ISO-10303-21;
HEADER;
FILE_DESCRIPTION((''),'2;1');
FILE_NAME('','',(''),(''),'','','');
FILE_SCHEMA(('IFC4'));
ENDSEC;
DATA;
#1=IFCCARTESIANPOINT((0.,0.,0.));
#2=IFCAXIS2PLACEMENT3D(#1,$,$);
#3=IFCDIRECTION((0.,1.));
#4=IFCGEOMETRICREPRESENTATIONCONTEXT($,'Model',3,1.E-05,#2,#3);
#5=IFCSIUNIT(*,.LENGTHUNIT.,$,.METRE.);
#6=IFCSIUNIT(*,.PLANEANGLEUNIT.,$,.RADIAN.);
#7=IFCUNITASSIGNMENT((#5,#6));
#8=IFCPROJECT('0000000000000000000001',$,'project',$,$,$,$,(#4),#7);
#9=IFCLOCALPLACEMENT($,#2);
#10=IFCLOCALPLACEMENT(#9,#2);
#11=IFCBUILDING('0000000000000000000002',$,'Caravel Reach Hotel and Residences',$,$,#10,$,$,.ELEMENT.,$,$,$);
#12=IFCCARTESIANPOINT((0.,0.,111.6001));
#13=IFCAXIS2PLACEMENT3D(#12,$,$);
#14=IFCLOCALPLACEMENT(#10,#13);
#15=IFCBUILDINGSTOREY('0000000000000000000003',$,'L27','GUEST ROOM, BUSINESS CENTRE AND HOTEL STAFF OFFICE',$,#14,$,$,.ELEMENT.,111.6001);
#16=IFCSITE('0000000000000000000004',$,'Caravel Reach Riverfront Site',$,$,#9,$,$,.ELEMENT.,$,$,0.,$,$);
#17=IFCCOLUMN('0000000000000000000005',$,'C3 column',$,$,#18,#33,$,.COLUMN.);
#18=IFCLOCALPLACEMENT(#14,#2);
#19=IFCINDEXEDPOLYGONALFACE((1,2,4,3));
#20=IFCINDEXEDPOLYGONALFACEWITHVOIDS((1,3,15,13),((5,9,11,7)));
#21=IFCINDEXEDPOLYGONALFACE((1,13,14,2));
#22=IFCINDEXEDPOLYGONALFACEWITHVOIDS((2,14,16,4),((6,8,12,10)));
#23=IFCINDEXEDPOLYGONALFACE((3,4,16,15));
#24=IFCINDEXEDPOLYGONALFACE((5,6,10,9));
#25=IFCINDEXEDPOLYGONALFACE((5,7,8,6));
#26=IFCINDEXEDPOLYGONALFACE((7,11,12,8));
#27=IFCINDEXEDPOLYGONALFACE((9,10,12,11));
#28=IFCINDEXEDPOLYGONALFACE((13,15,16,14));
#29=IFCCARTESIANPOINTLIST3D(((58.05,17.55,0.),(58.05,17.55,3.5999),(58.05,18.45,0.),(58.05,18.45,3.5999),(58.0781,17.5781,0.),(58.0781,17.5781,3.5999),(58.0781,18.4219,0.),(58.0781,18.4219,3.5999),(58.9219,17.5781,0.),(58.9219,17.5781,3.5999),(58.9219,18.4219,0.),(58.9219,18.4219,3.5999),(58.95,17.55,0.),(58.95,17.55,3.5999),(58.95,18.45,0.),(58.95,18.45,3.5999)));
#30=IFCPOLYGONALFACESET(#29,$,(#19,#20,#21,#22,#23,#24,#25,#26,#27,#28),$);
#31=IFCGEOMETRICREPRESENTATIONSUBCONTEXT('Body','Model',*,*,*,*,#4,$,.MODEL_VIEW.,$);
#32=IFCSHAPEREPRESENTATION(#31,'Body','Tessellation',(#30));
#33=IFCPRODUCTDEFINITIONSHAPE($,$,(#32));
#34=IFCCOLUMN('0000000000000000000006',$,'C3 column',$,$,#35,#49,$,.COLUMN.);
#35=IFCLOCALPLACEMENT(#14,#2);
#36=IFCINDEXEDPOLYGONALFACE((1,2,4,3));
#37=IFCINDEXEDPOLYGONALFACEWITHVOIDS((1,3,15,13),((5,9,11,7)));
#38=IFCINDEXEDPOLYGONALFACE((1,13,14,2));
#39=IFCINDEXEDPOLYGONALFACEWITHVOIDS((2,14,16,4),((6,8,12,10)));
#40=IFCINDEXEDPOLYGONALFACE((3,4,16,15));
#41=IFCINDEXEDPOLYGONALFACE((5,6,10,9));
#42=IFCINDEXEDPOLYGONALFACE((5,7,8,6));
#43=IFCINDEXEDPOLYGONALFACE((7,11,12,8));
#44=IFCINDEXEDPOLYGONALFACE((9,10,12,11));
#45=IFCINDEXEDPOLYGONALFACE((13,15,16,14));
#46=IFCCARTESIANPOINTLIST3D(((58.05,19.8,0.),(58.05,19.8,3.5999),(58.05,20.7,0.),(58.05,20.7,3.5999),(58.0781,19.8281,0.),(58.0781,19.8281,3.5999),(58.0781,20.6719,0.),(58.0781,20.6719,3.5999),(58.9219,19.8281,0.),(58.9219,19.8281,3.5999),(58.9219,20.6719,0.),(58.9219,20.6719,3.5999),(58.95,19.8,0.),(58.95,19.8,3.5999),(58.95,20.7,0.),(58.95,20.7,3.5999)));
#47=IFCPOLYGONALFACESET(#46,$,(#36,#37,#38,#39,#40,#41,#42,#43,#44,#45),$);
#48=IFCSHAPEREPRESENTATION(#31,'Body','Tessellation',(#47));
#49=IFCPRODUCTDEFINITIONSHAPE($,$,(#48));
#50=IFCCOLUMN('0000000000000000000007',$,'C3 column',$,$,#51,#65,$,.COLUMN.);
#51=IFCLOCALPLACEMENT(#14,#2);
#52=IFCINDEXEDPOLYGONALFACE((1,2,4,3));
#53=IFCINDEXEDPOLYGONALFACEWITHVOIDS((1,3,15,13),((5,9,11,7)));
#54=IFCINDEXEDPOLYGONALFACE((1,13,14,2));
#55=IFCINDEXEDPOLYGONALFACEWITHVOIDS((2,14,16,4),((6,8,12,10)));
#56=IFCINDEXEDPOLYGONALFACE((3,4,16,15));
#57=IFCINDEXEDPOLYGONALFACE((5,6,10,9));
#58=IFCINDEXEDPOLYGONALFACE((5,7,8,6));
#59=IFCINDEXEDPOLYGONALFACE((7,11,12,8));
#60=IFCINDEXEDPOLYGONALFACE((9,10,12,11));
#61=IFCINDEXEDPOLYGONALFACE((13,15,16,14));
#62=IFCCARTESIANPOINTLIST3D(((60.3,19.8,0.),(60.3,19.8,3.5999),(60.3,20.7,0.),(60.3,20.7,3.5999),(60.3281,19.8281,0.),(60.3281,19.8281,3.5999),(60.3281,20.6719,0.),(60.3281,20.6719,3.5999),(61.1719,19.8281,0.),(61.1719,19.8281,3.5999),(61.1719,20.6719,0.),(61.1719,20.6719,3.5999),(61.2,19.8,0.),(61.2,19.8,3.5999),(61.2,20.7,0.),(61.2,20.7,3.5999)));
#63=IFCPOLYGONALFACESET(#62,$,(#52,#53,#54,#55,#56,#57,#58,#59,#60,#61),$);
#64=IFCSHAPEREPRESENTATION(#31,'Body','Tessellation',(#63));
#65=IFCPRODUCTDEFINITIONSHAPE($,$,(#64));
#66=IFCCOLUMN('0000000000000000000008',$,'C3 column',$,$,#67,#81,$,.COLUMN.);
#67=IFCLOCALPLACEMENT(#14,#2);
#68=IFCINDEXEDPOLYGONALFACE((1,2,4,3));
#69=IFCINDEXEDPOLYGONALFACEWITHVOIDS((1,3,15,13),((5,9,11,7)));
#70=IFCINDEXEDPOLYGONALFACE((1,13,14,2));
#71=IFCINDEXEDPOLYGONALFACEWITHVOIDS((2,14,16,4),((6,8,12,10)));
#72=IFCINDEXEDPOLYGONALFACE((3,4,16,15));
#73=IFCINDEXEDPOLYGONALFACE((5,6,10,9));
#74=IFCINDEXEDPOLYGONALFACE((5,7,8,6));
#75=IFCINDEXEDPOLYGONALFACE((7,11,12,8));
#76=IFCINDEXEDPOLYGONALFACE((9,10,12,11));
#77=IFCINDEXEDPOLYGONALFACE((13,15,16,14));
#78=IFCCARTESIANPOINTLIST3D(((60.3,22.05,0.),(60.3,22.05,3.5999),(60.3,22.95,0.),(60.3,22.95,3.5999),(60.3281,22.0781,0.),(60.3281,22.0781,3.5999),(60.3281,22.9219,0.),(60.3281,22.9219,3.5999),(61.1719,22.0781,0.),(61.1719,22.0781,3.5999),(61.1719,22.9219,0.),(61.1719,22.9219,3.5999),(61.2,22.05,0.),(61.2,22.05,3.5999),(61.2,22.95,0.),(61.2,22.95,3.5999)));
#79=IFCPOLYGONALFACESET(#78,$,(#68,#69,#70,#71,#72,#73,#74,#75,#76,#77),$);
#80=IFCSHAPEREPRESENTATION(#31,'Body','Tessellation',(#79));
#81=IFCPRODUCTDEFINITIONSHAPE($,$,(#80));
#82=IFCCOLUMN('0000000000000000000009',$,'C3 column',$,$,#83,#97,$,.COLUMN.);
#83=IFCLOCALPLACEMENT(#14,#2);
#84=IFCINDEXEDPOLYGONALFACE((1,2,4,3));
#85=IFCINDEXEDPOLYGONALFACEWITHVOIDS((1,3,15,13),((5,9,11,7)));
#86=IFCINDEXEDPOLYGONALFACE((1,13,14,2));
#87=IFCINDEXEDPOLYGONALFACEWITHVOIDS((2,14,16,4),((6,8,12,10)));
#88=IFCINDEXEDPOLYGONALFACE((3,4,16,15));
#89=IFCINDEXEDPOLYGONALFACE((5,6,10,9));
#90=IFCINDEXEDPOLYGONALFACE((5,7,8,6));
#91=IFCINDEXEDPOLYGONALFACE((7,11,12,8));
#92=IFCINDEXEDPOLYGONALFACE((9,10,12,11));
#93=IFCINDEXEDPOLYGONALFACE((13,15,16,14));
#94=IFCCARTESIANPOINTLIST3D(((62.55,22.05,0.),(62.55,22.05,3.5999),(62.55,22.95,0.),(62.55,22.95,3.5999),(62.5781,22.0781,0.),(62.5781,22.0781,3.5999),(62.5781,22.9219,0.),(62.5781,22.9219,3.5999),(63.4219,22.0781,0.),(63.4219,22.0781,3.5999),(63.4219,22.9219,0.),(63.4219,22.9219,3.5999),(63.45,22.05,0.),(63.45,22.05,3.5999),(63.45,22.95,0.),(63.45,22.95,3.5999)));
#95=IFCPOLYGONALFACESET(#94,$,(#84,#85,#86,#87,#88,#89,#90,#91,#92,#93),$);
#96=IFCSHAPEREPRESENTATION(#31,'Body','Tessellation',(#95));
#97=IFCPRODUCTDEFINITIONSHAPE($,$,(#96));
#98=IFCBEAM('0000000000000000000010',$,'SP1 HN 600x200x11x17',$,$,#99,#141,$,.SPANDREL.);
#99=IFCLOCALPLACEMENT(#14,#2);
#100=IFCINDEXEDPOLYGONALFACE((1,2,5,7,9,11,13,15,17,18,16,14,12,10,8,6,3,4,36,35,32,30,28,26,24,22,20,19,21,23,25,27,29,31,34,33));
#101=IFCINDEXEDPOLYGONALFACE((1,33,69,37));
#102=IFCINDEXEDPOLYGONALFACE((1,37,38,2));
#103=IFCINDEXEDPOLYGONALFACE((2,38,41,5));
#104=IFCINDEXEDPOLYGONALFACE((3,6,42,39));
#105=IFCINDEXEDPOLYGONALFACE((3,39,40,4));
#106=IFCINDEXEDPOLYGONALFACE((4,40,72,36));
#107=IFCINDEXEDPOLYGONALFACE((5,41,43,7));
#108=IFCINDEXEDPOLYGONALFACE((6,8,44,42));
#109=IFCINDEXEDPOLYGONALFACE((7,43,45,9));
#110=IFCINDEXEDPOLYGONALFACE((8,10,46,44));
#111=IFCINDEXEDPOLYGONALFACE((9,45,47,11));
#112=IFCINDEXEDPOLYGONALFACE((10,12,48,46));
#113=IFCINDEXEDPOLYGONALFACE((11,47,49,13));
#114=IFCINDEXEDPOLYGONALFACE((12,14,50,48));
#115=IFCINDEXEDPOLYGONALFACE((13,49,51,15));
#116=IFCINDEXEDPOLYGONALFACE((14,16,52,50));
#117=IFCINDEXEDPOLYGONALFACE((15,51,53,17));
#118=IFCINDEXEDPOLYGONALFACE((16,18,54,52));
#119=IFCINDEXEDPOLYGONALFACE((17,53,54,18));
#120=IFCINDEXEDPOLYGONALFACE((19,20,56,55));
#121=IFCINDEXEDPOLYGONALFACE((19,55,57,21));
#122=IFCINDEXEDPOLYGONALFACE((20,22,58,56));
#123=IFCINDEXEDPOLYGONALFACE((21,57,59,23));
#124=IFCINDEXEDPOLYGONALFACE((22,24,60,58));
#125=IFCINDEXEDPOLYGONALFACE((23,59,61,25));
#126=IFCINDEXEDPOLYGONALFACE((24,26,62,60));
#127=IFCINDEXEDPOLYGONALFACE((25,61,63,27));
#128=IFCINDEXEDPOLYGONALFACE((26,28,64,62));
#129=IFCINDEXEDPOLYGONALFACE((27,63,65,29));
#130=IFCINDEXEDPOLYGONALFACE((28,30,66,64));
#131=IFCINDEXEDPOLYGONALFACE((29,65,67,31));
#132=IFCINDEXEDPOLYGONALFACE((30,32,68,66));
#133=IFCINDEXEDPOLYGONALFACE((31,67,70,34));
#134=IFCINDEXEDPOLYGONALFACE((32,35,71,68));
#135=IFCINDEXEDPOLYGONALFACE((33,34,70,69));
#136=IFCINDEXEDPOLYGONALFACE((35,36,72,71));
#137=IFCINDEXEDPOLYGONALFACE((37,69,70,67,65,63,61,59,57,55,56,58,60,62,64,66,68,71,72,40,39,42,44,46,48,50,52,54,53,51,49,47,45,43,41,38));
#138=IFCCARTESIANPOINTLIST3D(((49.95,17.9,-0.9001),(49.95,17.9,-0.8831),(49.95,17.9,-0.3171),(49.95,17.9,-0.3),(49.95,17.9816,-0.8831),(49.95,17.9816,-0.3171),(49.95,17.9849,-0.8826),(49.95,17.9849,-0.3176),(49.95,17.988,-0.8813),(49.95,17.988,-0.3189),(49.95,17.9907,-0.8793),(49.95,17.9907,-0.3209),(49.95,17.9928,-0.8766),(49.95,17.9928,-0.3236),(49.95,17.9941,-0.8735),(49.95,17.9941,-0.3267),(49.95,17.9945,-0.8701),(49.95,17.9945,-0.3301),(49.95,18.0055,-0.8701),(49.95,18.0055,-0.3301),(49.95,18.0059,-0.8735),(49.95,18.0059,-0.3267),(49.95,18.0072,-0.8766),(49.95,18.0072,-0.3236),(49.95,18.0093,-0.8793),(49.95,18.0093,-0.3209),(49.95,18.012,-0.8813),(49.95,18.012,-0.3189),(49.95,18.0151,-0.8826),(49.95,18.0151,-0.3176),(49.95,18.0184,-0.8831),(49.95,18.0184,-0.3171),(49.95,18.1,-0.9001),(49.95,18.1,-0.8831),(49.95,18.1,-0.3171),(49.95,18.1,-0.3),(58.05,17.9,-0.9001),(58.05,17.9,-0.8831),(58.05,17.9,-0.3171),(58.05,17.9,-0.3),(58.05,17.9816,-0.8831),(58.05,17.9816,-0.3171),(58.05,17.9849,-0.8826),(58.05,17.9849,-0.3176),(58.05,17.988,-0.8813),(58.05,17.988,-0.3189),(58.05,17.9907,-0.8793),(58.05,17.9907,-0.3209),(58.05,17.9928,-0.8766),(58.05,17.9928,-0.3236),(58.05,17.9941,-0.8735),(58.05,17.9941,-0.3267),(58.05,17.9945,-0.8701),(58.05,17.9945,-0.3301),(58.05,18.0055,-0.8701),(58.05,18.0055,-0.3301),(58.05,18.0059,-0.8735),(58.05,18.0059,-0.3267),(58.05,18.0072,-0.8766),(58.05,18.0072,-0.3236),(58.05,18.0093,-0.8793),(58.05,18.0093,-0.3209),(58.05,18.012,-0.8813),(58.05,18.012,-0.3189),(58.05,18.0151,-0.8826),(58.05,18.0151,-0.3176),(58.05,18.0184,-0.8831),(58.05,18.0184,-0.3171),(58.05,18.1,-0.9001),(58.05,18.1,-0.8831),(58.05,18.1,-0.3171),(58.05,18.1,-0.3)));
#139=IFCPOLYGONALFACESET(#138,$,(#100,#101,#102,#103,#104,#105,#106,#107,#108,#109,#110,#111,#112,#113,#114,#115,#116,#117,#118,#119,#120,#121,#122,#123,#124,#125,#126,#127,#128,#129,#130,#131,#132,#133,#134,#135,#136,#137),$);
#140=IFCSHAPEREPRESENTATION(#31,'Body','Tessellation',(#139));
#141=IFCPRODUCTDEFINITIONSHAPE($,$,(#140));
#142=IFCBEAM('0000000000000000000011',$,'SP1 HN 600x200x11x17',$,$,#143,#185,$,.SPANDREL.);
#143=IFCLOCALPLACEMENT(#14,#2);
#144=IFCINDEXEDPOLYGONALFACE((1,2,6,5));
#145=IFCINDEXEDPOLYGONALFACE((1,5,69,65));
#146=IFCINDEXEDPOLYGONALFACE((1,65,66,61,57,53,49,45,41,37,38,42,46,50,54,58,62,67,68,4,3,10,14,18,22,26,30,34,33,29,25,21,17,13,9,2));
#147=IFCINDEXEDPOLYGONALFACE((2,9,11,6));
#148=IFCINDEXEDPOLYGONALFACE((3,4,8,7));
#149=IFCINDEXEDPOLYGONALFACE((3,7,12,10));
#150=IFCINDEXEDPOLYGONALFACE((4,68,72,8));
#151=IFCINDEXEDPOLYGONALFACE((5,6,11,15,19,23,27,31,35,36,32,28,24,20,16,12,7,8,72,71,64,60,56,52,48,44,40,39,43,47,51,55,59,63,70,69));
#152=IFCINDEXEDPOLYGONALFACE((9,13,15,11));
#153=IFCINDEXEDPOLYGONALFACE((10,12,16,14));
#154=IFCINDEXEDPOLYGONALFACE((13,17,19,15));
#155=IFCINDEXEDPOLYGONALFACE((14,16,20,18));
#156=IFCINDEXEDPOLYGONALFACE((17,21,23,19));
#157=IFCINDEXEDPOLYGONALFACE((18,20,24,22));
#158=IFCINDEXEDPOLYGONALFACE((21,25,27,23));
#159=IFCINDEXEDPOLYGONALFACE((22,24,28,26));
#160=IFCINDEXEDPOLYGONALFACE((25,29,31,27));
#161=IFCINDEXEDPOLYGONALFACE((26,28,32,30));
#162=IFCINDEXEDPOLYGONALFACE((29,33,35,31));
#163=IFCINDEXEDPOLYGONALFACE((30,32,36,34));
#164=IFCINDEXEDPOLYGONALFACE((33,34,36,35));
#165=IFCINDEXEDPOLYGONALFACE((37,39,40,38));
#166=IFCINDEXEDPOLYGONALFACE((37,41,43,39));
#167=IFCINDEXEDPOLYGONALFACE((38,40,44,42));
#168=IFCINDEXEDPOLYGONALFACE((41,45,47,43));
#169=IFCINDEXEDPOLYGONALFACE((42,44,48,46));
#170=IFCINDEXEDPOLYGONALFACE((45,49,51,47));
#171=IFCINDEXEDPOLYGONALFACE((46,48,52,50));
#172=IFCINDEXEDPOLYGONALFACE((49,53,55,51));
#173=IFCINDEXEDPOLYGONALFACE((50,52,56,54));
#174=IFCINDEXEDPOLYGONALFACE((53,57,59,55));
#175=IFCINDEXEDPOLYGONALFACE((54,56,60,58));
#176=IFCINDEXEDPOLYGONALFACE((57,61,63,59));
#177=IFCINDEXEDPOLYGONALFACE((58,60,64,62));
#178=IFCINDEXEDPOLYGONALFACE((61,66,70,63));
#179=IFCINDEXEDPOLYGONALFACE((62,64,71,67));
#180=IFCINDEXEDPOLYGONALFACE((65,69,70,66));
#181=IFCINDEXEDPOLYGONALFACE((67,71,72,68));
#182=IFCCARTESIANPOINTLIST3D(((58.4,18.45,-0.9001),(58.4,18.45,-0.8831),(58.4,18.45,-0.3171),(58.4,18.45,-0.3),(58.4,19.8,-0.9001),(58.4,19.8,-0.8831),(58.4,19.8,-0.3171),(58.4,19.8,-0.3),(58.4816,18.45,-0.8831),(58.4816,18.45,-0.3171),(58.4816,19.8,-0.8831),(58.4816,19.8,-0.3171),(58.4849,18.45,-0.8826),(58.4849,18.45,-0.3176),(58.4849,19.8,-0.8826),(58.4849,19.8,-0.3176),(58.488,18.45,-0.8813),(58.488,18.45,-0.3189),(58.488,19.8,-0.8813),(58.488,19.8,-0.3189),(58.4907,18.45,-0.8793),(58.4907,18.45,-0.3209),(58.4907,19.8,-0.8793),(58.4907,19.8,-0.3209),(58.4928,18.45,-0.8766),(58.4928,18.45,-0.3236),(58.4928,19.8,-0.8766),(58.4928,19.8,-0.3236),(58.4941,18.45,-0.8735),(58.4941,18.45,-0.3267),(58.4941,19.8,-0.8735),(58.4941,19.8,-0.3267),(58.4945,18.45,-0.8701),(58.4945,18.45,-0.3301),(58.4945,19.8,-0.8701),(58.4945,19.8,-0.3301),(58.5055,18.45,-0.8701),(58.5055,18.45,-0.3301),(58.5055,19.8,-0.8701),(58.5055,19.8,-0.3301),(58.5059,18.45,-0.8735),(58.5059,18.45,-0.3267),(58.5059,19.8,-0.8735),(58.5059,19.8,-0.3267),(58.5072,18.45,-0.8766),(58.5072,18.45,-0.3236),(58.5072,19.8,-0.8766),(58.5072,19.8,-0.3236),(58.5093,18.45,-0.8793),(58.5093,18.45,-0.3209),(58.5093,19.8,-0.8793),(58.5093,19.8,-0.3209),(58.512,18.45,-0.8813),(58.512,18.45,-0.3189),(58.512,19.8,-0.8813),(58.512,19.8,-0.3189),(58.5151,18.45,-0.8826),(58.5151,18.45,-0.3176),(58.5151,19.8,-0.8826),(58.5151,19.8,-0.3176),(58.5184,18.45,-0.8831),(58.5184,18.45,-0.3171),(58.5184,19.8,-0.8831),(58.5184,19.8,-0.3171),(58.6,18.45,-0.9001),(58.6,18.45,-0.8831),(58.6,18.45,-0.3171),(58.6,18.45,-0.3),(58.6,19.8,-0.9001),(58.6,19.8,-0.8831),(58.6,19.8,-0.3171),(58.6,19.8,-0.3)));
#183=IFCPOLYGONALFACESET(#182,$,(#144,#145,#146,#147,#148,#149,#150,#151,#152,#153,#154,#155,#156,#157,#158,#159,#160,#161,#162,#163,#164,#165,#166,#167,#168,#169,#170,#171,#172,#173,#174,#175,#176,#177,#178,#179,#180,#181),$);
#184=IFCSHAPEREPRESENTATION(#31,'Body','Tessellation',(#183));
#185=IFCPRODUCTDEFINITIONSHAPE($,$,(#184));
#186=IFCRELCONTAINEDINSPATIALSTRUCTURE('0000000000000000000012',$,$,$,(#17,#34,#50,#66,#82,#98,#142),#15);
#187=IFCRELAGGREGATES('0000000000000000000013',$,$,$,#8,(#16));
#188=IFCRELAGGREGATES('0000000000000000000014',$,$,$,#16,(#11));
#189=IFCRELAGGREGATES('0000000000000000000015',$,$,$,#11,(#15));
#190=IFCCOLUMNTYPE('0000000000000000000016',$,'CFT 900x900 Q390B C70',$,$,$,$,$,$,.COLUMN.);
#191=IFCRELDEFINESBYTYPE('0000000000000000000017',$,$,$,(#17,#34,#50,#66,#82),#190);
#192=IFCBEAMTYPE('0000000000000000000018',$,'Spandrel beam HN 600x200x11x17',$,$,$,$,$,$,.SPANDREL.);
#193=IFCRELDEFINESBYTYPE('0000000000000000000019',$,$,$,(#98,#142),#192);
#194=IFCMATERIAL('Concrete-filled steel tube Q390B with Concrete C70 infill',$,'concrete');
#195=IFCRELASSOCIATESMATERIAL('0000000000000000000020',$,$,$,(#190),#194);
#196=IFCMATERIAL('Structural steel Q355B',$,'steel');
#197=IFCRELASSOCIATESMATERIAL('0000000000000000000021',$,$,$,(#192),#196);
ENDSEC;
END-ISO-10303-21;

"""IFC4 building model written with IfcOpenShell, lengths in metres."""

from ifc_helpers import new_model, si_unit, direction, frame, origin, origin_2d, place, context, subcontext, project, spatial, hollow_rectangle, i_section, extrude, material, material_profile, profile_set, type_object, element, save


model = new_model("IFC4")

# Units and contexts
model_context = context("Model", 3, precision=1e-05, world=origin(), true_north=direction((0.0, 1.0)))
body_context = subcontext(model_context, "Body", "Model", "MODEL_VIEW")
ifc_project = project(units=[si_unit("LENGTHUNIT", "METRE"), si_unit("PLANEANGLEUNIT", "RADIAN")], contexts=[model_context])

# Site, building, storey
site_placement = place(None, origin())
site = spatial("IfcSite", under=ifc_project, at=site_placement, Name="Caravel Reach Riverfront Site", CompositionType="ELEMENT", RefElevation=0.0)
building_placement = place(site_placement, origin())
building = spatial("IfcBuilding", under=site, at=building_placement, Name="Caravel Reach Hotel and Residences", CompositionType="ELEMENT")
storey_placement = place(building_placement, frame((0.0, 0.0, 111.6001)))
storey = spatial("IfcBuildingStorey", under=building, at=storey_placement, Name="L27", Description="GUEST ROOM, BUSINESS CENTRE AND HOTEL STAFF OFFICE", CompositionType="ELEMENT", Elevation=111.6001)

# Columns
ifc_material_1 = material(Name="Concrete-filled steel tube Q390B with Concrete C70 infill", Category="concrete")
ifc_material_profile_1 = material_profile(ifc_material_1, hollow_rectangle(XDim=0.8999, YDim=0.8999, WallThickness=0.0281, at=origin_2d()), Name="RHS 900x900x28")
ifc_profile_set_1 = profile_set([ifc_material_profile_1], Name="Concrete-filled steel tube Q390B with Concrete C70 infill")
column_type = type_object("IfcColumnType", Name="CFT 900x900 Q390B C70", PredefinedType="COLUMN", material=ifc_profile_set_1)
for number, where, z_axis, x_axis, name in (
    (1, (58.5, 18.0, 0.0), (0.0, 0.0, 1.0), (1.0, 0.0, 0.0), "C3 column"),
    (2, (58.5, 20.25, 0.0), (0.0, 0.0, 1.0), (1.0, 0.0, 0.0), "C3 column"),
    (3, (60.75, 20.25, 0.0), (0.0, 0.0, 1.0), (1.0, 0.0, 0.0), "C3 column"),
    (4, (60.75, 22.5, 0.0), (0.0, 0.0, 1.0), (1.0, 0.0, 0.0), "C3 column"),
    (5, (63.0, 22.5, 0.0), (0.0, 0.0, 1.0), (1.0, 0.0, 0.0), "C3 column"),
):
    element("IfcColumn", number, at=place(storey_placement, frame(where, z_axis=z_axis, x_axis=x_axis)), inside=storey, type_object=column_type, Name=name, PredefinedType="COLUMN", context=body_context, shape_type="SweptSolid", body=[
        extrude(hollow_rectangle(XDim=0.8999, YDim=0.8999, WallThickness=0.0281, at=origin_2d()), origin(), (0.0, 0.0, 1.0), 3.5999),
    ])

# Beams
ifc_material_2 = material(Name="Structural steel Q355B", Category="steel")
ifc_material_profile_2 = material_profile(ifc_material_2, i_section(OverallWidth=0.2, OverallDepth=0.6001, WebThickness=0.011, FlangeThickness=0.0171, FilletRadius=0.0129, at=origin_2d()), Name="HN 600x200x11x17")
ifc_profile_set_2 = profile_set([ifc_material_profile_2], Name="Structural steel Q355B")
beam_type = type_object("IfcBeamType", Name="Spandrel beam HN 600x200x11x17", PredefinedType="SPANDREL", material=ifc_profile_set_2)
beam_1_placement = place(storey_placement, frame((49.95, 18.0, -0.6001), z_axis=(1.0, 0.0, 0.0), x_axis=(0.0, 1.0, 0.0)))
element("IfcBeam", 6, at=beam_1_placement, inside=storey, type_object=beam_type, Name="SP1 HN 600x200x11x17", PredefinedType="SPANDREL", context=body_context, shape_type="SweptSolid", body=[
    extrude(i_section(OverallWidth=0.2, OverallDepth=0.6001, WebThickness=0.011, FlangeThickness=0.0171, FilletRadius=0.0129, at=origin_2d()), origin(), (0.0, 0.0, 1.0), 8.1001),
])
for number, where, z_axis, x_axis, name in (
    (7, (58.5, 18.45, -0.6001), (0.0, 1.0, 0.0), (-1.0, 0.0, 0.0), "SP1 HN 600x200x11x17"),
):
    element("IfcBeam", number, at=place(storey_placement, frame(where, z_axis=z_axis, x_axis=x_axis)), inside=storey, type_object=beam_type, Name=name, PredefinedType="SPANDREL", context=body_context, shape_type="SweptSolid", body=[
        extrude(i_section(OverallWidth=0.2, OverallDepth=0.6001, WebThickness=0.011, FlangeThickness=0.0171, FilletRadius=0.0129, at=origin_2d()), origin(), (0.0, 0.0, 1.0), 1.3501),
    ])

save(model, "model.ifc")
